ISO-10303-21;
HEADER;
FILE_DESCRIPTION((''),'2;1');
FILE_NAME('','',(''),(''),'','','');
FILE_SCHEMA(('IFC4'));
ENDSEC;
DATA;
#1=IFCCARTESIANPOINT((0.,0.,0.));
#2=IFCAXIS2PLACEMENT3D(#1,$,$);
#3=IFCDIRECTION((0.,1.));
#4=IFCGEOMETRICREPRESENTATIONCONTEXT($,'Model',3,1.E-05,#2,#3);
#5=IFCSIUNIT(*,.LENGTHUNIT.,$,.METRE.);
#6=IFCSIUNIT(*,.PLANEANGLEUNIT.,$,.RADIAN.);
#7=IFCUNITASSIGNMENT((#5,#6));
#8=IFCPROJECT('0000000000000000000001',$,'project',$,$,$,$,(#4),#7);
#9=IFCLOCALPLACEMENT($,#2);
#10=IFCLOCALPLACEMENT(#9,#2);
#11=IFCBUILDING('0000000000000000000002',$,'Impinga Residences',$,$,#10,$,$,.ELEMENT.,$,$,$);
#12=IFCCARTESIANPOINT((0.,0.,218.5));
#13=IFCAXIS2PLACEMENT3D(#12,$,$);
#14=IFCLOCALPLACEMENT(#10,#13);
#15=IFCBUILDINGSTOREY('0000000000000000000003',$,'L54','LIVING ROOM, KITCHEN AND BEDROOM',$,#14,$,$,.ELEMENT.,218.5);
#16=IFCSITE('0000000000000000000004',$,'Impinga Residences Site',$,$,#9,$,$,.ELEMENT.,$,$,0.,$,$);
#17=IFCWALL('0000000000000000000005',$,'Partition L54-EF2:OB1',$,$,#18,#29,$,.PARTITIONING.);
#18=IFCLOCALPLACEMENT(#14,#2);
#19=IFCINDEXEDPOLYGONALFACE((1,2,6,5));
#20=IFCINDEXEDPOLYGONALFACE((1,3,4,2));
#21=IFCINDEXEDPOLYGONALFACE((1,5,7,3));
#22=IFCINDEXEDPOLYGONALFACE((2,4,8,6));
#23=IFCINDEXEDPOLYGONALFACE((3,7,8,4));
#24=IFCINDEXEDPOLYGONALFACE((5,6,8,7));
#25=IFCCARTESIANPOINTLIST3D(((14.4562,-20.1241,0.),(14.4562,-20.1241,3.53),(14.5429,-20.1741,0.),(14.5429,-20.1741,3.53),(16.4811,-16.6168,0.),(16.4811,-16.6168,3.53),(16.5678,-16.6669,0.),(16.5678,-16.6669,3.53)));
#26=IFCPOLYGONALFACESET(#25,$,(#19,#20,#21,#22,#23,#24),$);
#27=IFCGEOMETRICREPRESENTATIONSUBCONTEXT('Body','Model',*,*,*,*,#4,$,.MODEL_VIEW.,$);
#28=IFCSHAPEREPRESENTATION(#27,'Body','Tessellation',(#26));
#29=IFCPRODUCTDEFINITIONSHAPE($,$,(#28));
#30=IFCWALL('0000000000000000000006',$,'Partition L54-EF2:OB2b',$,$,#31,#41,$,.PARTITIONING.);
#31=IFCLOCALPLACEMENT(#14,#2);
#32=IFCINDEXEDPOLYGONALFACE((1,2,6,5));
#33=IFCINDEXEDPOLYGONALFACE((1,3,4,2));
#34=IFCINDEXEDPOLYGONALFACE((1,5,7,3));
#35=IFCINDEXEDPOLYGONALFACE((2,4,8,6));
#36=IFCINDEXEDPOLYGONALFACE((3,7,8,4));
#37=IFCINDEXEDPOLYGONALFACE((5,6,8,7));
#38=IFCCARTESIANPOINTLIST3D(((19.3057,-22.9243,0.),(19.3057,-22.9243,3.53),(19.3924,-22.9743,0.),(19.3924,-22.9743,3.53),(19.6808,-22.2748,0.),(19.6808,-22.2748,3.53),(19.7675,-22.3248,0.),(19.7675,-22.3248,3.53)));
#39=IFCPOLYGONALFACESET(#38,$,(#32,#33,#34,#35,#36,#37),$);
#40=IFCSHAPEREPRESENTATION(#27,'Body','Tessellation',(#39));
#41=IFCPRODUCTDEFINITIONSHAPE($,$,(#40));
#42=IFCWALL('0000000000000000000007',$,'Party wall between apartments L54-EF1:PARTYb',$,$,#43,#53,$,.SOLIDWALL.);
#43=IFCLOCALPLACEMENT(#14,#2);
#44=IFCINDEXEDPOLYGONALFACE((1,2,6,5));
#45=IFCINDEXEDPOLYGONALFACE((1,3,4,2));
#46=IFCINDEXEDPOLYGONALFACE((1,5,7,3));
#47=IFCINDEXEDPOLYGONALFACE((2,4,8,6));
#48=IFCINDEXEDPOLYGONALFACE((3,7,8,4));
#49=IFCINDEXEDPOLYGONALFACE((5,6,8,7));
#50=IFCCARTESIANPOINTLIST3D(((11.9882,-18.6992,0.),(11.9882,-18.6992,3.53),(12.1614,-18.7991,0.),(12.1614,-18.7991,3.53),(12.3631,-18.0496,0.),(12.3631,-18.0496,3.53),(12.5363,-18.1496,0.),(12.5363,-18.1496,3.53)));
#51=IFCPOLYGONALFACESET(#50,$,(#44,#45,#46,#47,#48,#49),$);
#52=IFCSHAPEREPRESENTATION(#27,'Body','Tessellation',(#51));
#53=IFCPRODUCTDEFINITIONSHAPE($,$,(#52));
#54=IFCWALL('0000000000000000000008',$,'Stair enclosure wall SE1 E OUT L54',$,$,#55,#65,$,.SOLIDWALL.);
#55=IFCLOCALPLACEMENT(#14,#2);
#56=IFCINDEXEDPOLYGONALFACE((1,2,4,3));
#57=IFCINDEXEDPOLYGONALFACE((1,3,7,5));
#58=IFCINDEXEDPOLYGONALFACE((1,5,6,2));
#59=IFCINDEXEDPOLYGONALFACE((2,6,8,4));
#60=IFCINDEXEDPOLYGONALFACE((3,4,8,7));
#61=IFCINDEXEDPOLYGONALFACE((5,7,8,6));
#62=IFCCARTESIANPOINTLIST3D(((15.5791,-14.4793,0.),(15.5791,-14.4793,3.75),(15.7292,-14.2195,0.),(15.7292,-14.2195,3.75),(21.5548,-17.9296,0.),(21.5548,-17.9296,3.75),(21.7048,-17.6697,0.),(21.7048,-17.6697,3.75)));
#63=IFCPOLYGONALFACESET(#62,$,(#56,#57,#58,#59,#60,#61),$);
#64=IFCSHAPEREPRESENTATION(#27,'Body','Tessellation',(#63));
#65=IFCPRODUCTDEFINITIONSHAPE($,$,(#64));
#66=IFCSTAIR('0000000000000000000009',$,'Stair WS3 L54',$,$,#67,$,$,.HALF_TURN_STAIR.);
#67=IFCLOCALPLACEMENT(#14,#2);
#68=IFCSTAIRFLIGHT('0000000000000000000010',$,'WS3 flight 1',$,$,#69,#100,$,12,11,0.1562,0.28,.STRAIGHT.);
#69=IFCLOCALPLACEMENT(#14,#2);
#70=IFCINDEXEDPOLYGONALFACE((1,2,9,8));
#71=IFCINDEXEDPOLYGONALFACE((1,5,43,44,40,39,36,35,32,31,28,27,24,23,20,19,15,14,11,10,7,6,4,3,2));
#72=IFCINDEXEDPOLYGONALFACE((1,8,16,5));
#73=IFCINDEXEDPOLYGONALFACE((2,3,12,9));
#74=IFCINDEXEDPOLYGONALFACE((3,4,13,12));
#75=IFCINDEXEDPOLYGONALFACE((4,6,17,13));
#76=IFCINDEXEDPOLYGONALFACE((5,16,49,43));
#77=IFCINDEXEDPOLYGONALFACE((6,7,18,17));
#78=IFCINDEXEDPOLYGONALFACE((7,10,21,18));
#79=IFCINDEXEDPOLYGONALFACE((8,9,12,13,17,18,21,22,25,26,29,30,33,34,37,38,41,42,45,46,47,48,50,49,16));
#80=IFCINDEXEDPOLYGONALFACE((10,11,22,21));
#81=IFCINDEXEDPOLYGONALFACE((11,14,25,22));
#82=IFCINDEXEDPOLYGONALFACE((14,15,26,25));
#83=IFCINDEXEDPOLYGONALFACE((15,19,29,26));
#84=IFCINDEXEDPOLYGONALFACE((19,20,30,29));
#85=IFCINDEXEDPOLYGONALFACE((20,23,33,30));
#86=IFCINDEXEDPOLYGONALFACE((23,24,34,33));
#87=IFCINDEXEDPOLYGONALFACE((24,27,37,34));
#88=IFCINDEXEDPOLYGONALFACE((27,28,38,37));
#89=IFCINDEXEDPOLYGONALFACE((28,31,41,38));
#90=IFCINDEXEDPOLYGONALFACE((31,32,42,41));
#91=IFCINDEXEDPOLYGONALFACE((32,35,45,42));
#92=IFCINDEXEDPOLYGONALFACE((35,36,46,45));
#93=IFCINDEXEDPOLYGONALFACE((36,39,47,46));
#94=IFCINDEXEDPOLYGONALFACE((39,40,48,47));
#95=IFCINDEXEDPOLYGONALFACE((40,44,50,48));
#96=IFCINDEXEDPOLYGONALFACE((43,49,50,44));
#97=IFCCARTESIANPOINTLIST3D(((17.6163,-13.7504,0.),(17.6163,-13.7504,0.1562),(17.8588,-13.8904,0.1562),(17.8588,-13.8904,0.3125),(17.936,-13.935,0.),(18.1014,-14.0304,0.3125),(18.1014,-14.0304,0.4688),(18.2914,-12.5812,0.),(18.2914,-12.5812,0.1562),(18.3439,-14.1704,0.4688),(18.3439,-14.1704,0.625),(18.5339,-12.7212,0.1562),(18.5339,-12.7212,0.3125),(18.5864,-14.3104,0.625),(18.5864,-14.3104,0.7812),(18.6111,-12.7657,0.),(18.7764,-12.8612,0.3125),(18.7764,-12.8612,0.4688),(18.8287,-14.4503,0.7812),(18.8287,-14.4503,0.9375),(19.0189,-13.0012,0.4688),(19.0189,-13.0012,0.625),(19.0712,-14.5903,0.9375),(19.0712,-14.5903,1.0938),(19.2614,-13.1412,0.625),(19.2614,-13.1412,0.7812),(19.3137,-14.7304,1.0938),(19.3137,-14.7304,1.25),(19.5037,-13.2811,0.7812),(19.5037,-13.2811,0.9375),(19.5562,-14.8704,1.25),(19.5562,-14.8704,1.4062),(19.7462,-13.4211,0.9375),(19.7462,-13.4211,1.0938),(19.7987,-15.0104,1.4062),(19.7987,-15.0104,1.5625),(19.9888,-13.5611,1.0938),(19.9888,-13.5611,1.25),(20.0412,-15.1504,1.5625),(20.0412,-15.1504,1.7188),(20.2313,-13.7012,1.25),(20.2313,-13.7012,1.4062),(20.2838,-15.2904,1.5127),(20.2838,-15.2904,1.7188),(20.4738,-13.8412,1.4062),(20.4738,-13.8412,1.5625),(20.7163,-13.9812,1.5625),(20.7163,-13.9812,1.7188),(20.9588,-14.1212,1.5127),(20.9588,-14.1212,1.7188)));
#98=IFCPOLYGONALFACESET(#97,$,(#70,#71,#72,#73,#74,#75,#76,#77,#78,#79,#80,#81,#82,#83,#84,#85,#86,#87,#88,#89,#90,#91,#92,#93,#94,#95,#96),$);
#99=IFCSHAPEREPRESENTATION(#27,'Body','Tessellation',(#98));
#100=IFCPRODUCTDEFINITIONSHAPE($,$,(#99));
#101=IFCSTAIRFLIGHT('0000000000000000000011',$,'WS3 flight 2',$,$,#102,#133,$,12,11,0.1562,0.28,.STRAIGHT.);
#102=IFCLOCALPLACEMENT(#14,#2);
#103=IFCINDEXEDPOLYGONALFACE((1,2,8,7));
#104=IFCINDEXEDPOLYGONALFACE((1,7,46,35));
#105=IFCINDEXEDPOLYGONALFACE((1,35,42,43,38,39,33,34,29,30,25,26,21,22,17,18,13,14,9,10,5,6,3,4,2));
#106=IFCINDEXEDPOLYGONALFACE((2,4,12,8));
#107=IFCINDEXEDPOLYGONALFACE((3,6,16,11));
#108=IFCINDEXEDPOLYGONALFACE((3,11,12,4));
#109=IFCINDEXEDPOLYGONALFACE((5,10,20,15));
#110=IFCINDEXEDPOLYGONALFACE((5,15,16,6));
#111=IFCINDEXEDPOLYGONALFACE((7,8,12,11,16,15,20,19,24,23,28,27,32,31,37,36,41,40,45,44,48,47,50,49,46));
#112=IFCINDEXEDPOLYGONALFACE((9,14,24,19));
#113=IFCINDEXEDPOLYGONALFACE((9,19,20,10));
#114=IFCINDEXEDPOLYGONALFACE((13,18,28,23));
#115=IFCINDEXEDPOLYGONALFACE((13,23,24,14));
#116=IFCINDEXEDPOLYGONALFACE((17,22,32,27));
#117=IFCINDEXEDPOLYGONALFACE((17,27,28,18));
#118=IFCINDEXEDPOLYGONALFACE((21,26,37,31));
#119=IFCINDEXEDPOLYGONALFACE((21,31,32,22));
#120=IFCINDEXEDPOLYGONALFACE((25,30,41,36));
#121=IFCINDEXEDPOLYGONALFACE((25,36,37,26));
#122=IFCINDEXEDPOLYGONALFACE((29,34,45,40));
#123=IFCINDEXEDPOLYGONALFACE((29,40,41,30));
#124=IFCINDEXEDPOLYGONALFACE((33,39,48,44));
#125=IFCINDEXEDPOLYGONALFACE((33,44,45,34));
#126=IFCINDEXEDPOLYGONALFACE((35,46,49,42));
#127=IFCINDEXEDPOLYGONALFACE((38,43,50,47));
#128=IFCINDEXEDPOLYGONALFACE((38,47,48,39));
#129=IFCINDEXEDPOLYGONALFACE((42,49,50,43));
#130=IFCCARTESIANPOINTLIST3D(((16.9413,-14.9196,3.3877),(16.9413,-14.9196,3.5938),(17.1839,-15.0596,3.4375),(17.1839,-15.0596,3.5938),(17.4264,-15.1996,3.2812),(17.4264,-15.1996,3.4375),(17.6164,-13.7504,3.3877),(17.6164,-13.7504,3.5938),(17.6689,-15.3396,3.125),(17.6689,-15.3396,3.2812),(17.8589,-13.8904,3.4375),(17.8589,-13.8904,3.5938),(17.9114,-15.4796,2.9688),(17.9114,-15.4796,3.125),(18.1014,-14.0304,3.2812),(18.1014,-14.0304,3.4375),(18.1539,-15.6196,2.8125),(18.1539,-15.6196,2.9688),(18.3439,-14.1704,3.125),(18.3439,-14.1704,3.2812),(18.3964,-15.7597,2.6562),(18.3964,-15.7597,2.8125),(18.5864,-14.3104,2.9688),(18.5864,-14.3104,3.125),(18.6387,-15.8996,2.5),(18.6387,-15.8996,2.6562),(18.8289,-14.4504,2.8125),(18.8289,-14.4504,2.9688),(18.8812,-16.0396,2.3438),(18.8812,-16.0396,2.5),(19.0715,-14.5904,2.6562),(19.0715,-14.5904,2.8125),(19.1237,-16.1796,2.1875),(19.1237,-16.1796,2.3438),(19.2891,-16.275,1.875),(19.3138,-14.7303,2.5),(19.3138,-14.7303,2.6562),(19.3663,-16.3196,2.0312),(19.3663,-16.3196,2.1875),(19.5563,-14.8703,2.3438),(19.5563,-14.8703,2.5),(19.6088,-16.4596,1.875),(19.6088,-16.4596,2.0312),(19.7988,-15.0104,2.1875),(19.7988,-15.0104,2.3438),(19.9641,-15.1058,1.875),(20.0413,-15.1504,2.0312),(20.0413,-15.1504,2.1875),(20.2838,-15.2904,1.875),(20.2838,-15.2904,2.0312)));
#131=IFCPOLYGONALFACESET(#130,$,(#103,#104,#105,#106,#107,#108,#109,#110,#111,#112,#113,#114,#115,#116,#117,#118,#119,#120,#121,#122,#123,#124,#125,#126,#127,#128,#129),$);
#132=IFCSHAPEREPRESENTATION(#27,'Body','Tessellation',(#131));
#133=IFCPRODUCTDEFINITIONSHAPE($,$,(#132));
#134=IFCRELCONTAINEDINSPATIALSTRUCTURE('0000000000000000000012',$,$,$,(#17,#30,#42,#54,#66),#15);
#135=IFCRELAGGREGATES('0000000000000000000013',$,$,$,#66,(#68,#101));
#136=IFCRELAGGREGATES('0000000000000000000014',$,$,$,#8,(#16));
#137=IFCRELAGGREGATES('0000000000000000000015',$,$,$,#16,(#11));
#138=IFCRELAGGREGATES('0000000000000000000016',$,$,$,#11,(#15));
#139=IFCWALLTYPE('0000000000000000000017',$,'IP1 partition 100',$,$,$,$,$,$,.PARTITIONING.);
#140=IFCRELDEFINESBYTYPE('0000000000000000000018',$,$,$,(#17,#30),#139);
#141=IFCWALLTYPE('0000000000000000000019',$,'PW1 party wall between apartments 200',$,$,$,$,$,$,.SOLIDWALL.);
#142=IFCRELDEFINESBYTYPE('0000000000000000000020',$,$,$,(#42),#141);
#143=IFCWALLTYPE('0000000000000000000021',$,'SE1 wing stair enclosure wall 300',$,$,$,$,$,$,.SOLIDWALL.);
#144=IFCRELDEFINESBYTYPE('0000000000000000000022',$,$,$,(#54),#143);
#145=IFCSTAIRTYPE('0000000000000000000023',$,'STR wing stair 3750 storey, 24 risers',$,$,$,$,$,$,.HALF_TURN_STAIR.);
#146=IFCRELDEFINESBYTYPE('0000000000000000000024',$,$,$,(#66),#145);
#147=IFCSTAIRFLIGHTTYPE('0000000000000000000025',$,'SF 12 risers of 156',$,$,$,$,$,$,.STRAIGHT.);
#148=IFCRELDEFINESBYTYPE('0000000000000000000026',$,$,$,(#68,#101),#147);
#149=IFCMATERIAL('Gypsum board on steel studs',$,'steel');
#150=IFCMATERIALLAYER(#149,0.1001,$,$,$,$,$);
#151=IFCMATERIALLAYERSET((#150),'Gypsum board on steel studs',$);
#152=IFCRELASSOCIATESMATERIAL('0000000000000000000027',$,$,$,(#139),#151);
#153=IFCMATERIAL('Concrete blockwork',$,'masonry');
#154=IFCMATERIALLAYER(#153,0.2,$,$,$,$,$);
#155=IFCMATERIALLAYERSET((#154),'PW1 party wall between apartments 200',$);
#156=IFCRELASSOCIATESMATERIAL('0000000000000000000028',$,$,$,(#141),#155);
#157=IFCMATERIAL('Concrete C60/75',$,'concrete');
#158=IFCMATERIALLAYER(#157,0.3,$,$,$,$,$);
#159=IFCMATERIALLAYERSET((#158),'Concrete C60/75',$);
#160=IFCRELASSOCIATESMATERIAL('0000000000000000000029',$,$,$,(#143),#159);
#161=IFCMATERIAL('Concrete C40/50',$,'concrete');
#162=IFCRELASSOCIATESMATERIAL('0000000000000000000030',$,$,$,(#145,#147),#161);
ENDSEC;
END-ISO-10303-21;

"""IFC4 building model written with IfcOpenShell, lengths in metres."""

from ifc_helpers import new_model, si_unit, direction, frame, frame_2d, origin, place, context, subcontext, project, spatial, polyline, rectangle, outline, extrude, material, layer, layer_set, type_object, element, aggregate, save


model = new_model("IFC4")

# Units and contexts
model_context = context("Model", 3, precision=1e-05, world=origin(), true_north=direction((0.0, 1.0)))
body_context = subcontext(model_context, "Body", "Model", "MODEL_VIEW")
ifc_project = project(units=[si_unit("LENGTHUNIT", "METRE"), si_unit("PLANEANGLEUNIT", "RADIAN")], contexts=[model_context])

# Site, building, storey
site_placement = place(None, origin())
site = spatial("IfcSite", under=ifc_project, at=site_placement, Name="Impinga Residences Site", CompositionType="ELEMENT", RefElevation=0.0)
building_placement = place(site_placement, origin())
building = spatial("IfcBuilding", under=site, at=building_placement, Name="Impinga Residences", CompositionType="ELEMENT")
storey_placement = place(building_placement, frame((0.0, 0.0, 218.5)))
storey = spatial("IfcBuildingStorey", under=building, at=storey_placement, Name="L54", Description="LIVING ROOM, KITCHEN AND BEDROOM", CompositionType="ELEMENT", Elevation=218.5)

# Shared definitions
ifc_material_1 = material(Name="Concrete C60/75", Category="concrete")

# Shared definitions
ifc_material_2 = material(Name="Gypsum board on steel studs", Category="steel")
ifc_layer_1 = layer(ifc_material_2, 0.1001)
ifc_layer_set_1 = layer_set([ifc_layer_1], Name="Gypsum board on steel studs")
wall_type_1 = type_object("IfcWallType", Name="IP1 partition 100", PredefinedType="PARTITIONING", material=ifc_layer_set_1)

# Walls
wall_1_placement = place(storey_placement, frame((16.5244, -16.6418, 0.0), z_axis=(0.0, 0.0, 1.0), x_axis=(-0.49999, -0.866031, 0.0)))
element("IfcWall", 1, at=wall_1_placement, inside=storey, type_object=wall_type_1, Name="Partition L54-EF2:OB1", PredefinedType="PARTITIONING", context=body_context, shape_type="SweptSolid", body=[
    extrude(rectangle(XDim=4.0498, YDim=0.1001, at=frame_2d((2.0249, 0.0))), origin(), (0.0, 0.0, 1.0), 3.53),
])
wall_2_placement = place(storey_placement, frame((19.7241, -22.2998, 0.0), z_axis=(0.0, 0.0, 1.0), x_axis=(-0.500061, -0.86599, 0.0)))
element("IfcWall", 2, at=wall_2_placement, inside=storey, type_object=wall_type_1, Name="Partition L54-EF2:OB2b", PredefinedType="PARTITIONING", context=body_context, shape_type="SweptSolid", body=[
    extrude(rectangle(XDim=0.75, YDim=0.1001, at=frame_2d((0.375, 0.0))), origin(), (0.0, 0.0, 1.0), 3.53),
])
ifc_material_3 = material(Name="Concrete blockwork", Category="masonry")
ifc_layer_2 = layer(ifc_material_3, 0.2)
ifc_layer_set_2 = layer_set([ifc_layer_2], Name="PW1 party wall between apartments 200")
wall_type_2 = type_object("IfcWallType", Name="PW1 party wall between apartments 200", PredefinedType="SOLIDWALL", material=ifc_layer_set_2)
wall_3_placement = place(storey_placement, frame((12.4497, -18.0996, 0.0), z_axis=(0.0, 0.0, 1.0), x_axis=(-0.49992, -0.866072, 0.0)))
element("IfcWall", 3, at=wall_3_placement, inside=storey, type_object=wall_type_2, Name="Party wall between apartments L54-EF1:PARTYb", PredefinedType="SOLIDWALL", context=body_context, shape_type="SweptSolid", body=[
    extrude(rectangle(XDim=0.75, YDim=0.2, at=frame_2d((0.375, 0.0))), origin(), (0.0, 0.0, 1.0), 3.53),
])
ifc_layer_3 = layer(ifc_material_1, 0.3)
ifc_layer_set_3 = layer_set([ifc_layer_3], Name="Concrete C60/75")
wall_type_3 = type_object("IfcWallType", Name="SE1 wing stair enclosure wall 300", PredefinedType="SOLIDWALL", material=ifc_layer_set_3)
wall_4_placement = place(storey_placement, frame((15.6541, -14.3494, 0.0), z_axis=(0.0, 0.0, 1.0), x_axis=(0.866014, -0.500021, 0.0)))
element("IfcWall", 4, at=wall_4_placement, inside=storey, type_object=wall_type_3, Name="Stair enclosure wall SE1 E OUT L54", PredefinedType="SOLIDWALL", context=body_context, shape_type="SweptSolid", body=[
    extrude(rectangle(XDim=6.9001, YDim=0.3, at=frame_2d((3.4502, 0.0))), origin(), (0.0, 0.0, 1.0), 3.75),
])

# Stair, stair flights
ifc_material_4 = material(Name="Concrete C40/50", Category="concrete")
stair_type = type_object("IfcStairType", Name="STR wing stair 3750 storey, 24 risers", PredefinedType="HALF_TURN_STAIR", material=ifc_material_4)
stair_placement = place(storey_placement, origin())
stair = element("IfcStair", 5, at=stair_placement, inside=storey, type_object=stair_type, Name="Stair WS3 L54", PredefinedType="HALF_TURN_STAIR")
stair_flight_type = type_object("IfcStairFlightType", Name="SF 12 risers of 156", PredefinedType="STRAIGHT", material=ifc_material_4)
stair_flight_1_placement = place(storey_placement, frame((17.9539, -13.1658, 0.0), z_axis=(0.0, 0.0, 1.0), x_axis=(0.866025, -0.5, 0.0)))
stair_flight_1 = element("IfcStairFlight", 6, at=stair_flight_1_placement, type_object=stair_flight_type, Name="WS3 flight 1", NumberOfRisers=12, NumberOfTreads=11, PredefinedType="STRAIGHT", RiserHeight=0.1562, TreadLength=0.28, context=body_context, shape_type="SweptSolid", body=[
    extrude(outline(polyline([(0.0, 0.0), (0.0, 0.1562), (0.28, 0.1562), (0.28, 0.3125), (0.5601, 0.3125), (0.5601, 0.4688), (0.8401, 0.4688), (0.8401, 0.625), (1.1201, 0.625), (1.1201, 0.7812), (1.3999, 0.7812), (1.3999, 0.9375), (1.6799, 0.9375), (1.6799, 1.0938), (1.96, 1.0938), (1.96, 1.25), (2.24, 1.25), (2.24, 1.4062), (2.52, 1.4062), (2.52, 1.5625), (2.8, 1.5625), (2.8, 1.7188), (3.0801, 1.7188), (3.0801, 1.875), (3.0801, 1.5127), (0.3691, 0.0), (0.0, 0.0)])), frame((0.0, 0.675, 0.0), z_axis=(0.0, -1.0, 0.0), x_axis=(1.0, 0.0, 0.0)), (0.0, 0.0, 1.0), 1.3501),
])
stair_flight_2_placement = place(storey_placement, frame((19.9463, -15.875, 1.875), z_axis=(0.0, 0.0, 1.0), x_axis=(-0.866025, 0.5, 0.0)))
stair_flight_2 = element("IfcStairFlight", 7, at=stair_flight_2_placement, type_object=stair_flight_type, Name="WS3 flight 2", NumberOfRisers=12, NumberOfTreads=11, PredefinedType="STRAIGHT", RiserHeight=0.1562, TreadLength=0.28, context=body_context, shape_type="SweptSolid", body=[
    extrude(outline(polyline([(0.0, 0.0), (0.0, 0.1562), (0.28, 0.1562), (0.28, 0.3125), (0.5601, 0.3125), (0.5601, 0.4688), (0.8401, 0.4688), (0.8401, 0.625), (1.1201, 0.625), (1.1201, 0.7812), (1.3999, 0.7812), (1.3999, 0.9375), (1.6799, 0.9375), (1.6799, 1.0938), (1.96, 1.0938), (1.96, 1.25), (2.24, 1.25), (2.24, 1.4062), (2.52, 1.4062), (2.52, 1.5625), (2.8, 1.5625), (2.8, 1.7188), (3.0801, 1.7188), (3.0801, 1.875), (3.0801, 1.5127), (0.3691, 0.0), (0.0, 0.0)])), frame((0.0, 0.675, 0.0), z_axis=(0.0, -1.0, 0.0), x_axis=(1.0, 0.0, 0.0)), (0.0, 0.0, 1.0), 1.3501),
])
aggregate(stair, [stair_flight_1, stair_flight_2])

save(model, "model.ifc")
